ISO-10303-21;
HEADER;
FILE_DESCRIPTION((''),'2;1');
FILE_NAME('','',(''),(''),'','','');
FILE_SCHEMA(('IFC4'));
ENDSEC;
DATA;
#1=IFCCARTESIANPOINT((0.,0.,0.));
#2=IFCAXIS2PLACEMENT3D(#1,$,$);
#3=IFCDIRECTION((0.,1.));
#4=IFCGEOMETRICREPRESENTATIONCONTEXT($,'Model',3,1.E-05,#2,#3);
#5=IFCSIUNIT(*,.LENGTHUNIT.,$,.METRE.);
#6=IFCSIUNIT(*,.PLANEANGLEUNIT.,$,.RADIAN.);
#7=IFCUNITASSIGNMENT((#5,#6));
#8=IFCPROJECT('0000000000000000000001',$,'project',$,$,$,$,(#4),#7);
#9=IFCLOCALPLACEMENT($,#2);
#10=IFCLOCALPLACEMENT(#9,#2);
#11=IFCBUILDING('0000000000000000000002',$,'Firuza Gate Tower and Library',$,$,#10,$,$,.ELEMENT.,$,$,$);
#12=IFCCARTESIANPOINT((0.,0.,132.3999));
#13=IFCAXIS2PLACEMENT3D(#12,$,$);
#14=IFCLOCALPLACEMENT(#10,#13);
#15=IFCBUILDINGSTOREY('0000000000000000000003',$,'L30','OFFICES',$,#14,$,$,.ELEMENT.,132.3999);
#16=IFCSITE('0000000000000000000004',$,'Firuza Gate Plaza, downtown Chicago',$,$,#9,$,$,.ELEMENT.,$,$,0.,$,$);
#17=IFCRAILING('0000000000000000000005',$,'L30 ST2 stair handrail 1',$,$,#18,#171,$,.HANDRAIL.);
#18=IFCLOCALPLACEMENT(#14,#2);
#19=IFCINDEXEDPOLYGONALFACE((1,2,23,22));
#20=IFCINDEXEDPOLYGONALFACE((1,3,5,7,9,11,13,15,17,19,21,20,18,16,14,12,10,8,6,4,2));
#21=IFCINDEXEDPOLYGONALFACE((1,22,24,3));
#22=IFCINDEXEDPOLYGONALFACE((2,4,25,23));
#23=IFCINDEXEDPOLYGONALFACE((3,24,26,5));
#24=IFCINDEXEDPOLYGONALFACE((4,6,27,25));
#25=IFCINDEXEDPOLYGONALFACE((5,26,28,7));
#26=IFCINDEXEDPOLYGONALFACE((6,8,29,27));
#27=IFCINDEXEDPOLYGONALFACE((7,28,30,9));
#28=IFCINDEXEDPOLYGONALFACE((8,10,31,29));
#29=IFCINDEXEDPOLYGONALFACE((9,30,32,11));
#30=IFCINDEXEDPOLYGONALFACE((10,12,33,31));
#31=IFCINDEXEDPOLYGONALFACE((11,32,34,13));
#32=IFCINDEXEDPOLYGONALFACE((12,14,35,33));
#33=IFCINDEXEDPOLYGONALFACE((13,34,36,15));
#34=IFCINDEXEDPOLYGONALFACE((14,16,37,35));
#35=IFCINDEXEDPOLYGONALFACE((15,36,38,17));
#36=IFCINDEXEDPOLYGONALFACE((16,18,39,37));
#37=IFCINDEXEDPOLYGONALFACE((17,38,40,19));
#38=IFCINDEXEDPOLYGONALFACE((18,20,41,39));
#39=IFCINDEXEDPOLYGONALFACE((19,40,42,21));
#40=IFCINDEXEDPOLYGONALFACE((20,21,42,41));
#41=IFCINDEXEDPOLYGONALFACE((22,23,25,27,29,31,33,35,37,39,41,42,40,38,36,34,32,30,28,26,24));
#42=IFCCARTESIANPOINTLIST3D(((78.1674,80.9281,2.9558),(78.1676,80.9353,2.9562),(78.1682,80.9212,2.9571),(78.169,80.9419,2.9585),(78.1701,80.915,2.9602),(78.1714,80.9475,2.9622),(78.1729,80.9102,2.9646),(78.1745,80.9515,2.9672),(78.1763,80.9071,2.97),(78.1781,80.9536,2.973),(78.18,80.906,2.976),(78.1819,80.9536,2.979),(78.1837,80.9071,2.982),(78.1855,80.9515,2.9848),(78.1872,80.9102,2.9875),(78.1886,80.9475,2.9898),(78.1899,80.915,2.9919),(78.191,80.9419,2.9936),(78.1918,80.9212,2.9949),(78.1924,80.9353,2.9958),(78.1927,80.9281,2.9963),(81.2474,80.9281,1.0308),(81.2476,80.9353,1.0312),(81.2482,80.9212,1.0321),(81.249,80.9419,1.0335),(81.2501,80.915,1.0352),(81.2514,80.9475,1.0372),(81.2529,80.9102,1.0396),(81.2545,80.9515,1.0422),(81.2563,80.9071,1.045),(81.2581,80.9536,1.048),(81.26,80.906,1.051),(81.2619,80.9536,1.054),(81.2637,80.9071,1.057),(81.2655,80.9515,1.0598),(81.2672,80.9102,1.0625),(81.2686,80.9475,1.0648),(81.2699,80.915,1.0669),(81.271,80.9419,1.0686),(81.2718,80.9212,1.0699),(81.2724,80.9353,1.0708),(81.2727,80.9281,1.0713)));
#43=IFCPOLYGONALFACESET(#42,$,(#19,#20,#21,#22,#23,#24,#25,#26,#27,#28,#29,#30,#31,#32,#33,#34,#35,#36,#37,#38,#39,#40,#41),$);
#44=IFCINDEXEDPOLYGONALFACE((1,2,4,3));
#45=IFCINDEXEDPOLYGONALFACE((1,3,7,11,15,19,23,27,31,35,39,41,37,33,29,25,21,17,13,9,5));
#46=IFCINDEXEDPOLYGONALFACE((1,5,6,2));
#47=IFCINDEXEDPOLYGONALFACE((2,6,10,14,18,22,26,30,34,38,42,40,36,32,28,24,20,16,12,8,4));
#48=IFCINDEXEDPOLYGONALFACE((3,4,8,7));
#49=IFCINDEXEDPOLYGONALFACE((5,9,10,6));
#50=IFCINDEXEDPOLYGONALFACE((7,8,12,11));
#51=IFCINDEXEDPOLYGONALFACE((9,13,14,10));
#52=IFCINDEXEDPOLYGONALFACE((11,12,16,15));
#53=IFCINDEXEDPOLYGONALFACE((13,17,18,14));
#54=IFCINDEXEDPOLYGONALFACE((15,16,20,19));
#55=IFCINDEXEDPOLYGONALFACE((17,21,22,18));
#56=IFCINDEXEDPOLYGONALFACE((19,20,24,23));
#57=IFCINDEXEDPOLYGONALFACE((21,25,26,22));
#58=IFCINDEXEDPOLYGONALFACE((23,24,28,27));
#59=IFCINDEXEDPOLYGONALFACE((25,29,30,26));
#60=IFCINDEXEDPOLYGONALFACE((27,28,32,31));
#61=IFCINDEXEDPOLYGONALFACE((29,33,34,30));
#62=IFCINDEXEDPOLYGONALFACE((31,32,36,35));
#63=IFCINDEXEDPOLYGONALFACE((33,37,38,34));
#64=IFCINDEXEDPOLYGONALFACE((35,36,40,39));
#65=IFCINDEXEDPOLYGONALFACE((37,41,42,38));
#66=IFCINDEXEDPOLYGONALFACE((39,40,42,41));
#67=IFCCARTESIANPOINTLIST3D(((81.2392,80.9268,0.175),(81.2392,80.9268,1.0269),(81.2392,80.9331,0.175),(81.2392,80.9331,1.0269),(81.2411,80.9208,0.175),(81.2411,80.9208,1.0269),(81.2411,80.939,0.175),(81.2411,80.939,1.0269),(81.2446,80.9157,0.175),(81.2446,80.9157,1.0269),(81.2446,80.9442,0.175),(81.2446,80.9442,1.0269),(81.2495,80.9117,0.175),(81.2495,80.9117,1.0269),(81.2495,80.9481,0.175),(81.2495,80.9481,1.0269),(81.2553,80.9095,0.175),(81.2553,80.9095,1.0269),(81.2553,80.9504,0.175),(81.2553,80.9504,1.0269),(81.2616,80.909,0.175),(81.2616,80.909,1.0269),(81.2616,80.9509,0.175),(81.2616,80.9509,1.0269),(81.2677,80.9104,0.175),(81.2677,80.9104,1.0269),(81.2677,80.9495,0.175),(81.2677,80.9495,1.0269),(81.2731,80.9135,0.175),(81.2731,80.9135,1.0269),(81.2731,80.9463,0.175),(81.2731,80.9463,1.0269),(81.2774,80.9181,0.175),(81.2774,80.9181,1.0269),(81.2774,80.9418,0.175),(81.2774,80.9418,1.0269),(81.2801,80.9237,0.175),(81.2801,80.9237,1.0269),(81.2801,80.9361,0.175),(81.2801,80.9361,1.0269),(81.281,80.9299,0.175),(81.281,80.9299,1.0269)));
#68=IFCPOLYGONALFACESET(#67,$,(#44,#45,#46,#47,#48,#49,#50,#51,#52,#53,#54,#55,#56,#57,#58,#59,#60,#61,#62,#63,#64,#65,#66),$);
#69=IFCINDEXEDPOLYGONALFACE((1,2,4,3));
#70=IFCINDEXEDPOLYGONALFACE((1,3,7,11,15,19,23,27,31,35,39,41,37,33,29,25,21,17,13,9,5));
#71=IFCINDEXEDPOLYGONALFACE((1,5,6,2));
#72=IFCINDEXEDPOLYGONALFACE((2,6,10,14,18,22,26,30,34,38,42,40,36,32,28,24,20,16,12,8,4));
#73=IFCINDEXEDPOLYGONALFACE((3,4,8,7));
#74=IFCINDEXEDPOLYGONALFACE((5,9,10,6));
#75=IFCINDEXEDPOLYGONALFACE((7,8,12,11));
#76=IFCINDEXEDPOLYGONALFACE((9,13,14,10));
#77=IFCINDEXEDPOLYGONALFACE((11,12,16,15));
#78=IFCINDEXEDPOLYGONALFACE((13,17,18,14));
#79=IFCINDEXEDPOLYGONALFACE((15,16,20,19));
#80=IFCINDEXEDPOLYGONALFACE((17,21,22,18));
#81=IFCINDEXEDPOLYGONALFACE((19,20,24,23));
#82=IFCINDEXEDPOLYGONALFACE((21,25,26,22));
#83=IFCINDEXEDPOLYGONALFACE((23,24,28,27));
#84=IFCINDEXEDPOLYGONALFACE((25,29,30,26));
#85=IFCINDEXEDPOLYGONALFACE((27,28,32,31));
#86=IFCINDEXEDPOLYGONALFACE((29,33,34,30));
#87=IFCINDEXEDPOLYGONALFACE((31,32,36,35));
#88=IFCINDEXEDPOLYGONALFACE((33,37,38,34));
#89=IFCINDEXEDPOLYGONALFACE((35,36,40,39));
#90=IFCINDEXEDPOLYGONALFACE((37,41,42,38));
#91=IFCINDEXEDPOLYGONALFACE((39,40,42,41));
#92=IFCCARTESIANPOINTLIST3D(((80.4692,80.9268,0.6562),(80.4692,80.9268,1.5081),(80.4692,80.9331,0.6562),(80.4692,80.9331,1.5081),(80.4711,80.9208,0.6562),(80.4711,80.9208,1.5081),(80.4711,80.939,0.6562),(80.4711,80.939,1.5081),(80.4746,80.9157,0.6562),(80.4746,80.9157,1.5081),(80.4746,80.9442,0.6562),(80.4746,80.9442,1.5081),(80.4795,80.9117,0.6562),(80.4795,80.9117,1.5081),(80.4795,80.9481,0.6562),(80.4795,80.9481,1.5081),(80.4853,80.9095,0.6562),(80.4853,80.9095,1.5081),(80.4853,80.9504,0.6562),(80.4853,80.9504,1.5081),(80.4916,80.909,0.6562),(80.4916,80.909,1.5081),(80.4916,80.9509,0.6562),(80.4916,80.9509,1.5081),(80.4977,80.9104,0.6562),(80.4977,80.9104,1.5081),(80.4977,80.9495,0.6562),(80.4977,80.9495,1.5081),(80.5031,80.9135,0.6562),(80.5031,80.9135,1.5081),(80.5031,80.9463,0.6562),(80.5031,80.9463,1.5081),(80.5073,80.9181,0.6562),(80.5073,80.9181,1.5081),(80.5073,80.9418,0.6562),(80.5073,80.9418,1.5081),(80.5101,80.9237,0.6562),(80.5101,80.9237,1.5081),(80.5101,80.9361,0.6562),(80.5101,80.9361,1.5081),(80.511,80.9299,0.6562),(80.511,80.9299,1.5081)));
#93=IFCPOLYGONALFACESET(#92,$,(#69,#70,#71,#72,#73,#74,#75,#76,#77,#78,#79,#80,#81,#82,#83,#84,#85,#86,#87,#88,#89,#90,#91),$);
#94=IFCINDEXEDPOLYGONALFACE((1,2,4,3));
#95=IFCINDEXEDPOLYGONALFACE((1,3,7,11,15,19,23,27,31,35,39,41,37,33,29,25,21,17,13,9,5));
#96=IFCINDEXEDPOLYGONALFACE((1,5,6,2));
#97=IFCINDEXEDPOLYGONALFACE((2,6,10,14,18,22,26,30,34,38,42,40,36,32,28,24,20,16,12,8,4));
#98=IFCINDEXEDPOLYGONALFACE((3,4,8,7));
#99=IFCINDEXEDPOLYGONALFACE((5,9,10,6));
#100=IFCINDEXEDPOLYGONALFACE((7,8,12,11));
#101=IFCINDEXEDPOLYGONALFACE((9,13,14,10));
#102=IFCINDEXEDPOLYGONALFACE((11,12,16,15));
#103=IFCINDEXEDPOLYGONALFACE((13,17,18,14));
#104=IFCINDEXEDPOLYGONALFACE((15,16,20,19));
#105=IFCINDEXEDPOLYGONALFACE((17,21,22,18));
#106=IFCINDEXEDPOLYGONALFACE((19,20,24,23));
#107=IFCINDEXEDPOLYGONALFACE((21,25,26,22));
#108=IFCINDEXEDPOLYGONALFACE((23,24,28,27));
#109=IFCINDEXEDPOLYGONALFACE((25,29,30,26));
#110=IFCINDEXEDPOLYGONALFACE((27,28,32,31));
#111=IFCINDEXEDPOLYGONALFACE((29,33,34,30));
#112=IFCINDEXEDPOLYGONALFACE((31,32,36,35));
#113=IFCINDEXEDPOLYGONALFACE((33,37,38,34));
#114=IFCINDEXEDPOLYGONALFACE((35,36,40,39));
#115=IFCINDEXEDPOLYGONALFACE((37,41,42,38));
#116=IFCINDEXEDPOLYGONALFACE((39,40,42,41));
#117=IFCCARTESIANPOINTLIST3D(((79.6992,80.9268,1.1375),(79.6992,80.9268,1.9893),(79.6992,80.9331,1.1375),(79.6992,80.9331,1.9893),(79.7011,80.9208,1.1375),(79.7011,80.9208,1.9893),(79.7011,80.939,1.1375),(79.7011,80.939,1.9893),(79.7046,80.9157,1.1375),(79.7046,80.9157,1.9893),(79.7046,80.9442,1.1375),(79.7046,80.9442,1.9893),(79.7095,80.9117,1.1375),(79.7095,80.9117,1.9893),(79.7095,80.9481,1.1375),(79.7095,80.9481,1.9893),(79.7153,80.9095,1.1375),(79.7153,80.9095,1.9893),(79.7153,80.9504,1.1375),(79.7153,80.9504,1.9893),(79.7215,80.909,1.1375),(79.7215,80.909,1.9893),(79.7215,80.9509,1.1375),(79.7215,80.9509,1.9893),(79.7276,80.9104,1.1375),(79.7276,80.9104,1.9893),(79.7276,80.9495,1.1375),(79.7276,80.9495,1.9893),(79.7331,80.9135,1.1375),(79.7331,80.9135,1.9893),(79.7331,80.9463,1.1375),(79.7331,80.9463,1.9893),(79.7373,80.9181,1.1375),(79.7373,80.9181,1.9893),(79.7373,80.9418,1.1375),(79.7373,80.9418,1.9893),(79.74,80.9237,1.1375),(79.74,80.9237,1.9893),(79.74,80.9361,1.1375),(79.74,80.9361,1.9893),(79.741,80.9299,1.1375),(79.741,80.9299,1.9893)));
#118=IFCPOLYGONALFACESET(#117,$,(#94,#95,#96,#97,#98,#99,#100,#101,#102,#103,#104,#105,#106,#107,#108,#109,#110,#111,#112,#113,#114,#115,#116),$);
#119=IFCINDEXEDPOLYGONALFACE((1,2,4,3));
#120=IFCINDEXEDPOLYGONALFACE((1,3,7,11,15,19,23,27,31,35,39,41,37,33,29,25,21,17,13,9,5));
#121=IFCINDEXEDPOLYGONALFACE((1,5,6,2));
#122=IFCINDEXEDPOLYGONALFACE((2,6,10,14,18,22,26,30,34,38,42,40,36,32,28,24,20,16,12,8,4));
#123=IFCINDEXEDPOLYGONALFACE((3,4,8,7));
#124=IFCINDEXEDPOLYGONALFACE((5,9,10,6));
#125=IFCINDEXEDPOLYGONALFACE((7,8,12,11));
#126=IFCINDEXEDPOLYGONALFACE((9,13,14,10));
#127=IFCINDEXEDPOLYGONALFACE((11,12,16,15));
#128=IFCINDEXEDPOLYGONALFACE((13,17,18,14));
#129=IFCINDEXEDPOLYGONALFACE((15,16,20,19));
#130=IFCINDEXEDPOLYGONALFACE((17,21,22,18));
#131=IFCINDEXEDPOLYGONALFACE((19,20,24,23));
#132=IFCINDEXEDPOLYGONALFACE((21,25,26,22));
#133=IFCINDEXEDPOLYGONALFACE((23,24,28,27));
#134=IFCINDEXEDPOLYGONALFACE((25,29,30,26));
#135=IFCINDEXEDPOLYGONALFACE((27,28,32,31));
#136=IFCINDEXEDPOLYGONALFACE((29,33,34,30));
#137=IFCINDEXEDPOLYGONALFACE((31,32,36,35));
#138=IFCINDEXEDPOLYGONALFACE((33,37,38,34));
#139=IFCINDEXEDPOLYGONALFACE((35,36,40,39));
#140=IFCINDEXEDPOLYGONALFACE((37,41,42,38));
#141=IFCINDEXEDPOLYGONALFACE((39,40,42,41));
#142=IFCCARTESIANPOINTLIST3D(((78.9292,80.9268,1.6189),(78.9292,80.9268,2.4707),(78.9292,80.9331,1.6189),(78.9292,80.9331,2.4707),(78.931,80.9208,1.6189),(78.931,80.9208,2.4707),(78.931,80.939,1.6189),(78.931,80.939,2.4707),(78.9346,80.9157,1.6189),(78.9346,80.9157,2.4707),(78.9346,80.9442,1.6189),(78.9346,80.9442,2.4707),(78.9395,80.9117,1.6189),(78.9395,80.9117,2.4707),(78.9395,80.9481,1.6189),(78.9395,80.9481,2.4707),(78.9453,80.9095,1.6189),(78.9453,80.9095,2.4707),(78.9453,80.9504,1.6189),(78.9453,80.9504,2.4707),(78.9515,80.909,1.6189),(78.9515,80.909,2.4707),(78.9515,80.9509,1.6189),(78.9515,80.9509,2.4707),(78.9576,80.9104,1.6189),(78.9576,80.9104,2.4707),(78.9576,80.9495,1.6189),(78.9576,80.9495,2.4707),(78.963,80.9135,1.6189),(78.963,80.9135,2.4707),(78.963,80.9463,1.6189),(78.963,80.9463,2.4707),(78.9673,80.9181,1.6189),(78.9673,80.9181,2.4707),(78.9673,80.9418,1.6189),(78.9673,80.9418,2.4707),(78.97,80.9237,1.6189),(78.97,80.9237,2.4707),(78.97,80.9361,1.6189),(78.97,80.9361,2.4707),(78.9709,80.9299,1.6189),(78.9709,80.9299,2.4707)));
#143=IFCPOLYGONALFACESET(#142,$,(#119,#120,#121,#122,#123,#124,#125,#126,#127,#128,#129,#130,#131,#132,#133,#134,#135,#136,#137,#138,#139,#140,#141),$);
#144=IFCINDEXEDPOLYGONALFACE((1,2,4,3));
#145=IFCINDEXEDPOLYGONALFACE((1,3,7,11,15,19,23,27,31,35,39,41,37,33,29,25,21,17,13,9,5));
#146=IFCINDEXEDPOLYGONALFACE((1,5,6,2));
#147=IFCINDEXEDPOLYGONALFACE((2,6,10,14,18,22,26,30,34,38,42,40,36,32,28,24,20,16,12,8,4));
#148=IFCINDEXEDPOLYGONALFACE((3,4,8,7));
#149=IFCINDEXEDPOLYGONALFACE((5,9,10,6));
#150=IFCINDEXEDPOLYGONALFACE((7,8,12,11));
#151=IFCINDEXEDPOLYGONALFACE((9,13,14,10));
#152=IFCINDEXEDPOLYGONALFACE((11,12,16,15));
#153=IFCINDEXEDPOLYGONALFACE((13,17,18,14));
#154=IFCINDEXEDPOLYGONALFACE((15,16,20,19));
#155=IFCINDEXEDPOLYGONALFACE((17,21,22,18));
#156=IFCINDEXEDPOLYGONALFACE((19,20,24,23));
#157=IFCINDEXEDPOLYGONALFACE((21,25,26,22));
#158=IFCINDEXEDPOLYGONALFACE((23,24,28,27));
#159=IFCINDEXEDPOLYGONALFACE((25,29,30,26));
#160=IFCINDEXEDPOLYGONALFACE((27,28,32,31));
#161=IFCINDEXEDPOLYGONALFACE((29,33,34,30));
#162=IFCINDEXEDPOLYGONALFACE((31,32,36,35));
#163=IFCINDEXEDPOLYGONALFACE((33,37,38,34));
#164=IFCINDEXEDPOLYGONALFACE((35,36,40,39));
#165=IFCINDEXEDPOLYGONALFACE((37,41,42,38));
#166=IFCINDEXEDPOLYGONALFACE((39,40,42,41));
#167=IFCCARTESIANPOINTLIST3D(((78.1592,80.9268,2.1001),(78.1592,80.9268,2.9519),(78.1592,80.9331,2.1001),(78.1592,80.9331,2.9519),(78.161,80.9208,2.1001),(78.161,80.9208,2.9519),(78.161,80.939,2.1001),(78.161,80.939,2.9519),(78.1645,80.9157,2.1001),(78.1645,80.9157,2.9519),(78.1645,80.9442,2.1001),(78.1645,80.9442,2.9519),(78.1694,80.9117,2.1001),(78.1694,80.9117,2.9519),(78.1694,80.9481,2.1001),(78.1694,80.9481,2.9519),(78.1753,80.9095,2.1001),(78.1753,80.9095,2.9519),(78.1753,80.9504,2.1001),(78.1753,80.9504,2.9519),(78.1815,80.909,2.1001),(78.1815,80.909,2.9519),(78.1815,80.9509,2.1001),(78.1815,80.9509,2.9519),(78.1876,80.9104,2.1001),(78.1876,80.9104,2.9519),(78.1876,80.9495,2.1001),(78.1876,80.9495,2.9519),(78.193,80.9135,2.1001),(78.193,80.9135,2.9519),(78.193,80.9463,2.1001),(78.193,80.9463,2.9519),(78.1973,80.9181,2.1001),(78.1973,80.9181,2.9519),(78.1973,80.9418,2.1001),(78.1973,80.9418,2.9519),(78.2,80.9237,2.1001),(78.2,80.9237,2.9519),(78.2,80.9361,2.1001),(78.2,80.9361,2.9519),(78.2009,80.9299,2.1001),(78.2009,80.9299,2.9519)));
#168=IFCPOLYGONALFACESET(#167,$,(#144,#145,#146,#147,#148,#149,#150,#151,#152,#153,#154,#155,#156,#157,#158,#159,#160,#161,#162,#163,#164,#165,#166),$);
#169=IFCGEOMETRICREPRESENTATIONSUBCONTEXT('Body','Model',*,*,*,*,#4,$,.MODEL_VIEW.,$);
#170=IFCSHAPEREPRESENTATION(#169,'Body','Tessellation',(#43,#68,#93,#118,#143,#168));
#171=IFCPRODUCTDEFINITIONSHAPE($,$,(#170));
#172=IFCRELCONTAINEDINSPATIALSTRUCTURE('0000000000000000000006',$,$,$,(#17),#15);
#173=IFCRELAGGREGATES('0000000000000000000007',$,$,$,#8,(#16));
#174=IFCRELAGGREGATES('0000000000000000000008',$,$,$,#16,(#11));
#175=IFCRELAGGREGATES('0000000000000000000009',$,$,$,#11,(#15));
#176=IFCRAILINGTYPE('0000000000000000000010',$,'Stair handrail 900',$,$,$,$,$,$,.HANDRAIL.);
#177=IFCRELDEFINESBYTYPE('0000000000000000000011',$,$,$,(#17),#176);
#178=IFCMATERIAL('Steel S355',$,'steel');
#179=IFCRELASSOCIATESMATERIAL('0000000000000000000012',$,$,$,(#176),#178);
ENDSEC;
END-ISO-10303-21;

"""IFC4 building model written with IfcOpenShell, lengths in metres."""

from ifc_helpers import new_model, si_unit, direction, frame, origin, origin_2d, place, context, subcontext, project, spatial, circle, extrude, material, type_object, element, save


model = new_model("IFC4")

# Units and contexts
model_context = context("Model", 3, precision=1e-05, world=origin(), true_north=direction((0.0, 1.0)))
body_context = subcontext(model_context, "Body", "Model", "MODEL_VIEW")
ifc_project = project(units=[si_unit("LENGTHUNIT", "METRE"), si_unit("PLANEANGLEUNIT", "RADIAN")], contexts=[model_context])

# Site, building, storey
site_placement = place(None, origin())
site = spatial("IfcSite", under=ifc_project, at=site_placement, Name="Firuza Gate Plaza, downtown Chicago", CompositionType="ELEMENT", RefElevation=0.0)
building_placement = place(site_placement, origin())
building = spatial("IfcBuilding", under=site, at=building_placement, Name="Firuza Gate Tower and Library", CompositionType="ELEMENT")
storey_placement = place(building_placement, frame((0.0, 0.0, 132.3999)))
storey = spatial("IfcBuildingStorey", under=building, at=storey_placement, Name="L30", Description="OFFICES", CompositionType="ELEMENT", Elevation=132.3999)

# Railing
ifc_material_1 = material(Name="Steel S355", Category="steel")
railing_type_1 = type_object("IfcRailingType", Name="Stair handrail 900", PredefinedType="HANDRAIL", material=ifc_material_1)
railing_1_placement = place(storey_placement, frame((81.26, 80.9299, 0.175)))
element("IfcRailing", 1, at=railing_1_placement, inside=storey, type_object=railing_type_1, Name="L30 ST2 stair handrail 1", PredefinedType="HANDRAIL", context=body_context, shape_type="SweptSolid", body=[
    extrude(circle(Radius=0.0239, at=origin_2d()), frame((0.0, 0.0, 0.876), z_axis=(-0.847998, 0.0, 0.529999), x_axis=(0.0, -1.0, 0.0)), (0.0, 0.0, 1.0), 3.6321),
    extrude(circle(Radius=0.021, at=origin_2d()), origin(), (0.0, 0.0, 1.0), 0.8518),
    extrude(circle(Radius=0.021, at=origin_2d()), frame((-0.77, 0.0, 0.4812)), (0.0, 0.0, 1.0), 0.8518),
    extrude(circle(Radius=0.021, at=origin_2d()), frame((-1.54, 0.0, 0.9624)), (0.0, 0.0, 1.0), 0.8518),
    extrude(circle(Radius=0.021, at=origin_2d()), frame((-2.3101, 0.0, 1.4438)), (0.0, 0.0, 1.0), 0.8518),
    extrude(circle(Radius=0.021, at=origin_2d()), frame((-3.0801, 0.0, 1.925)), (0.0, 0.0, 1.0), 0.8518),
])

save(model, "model.ifc")
